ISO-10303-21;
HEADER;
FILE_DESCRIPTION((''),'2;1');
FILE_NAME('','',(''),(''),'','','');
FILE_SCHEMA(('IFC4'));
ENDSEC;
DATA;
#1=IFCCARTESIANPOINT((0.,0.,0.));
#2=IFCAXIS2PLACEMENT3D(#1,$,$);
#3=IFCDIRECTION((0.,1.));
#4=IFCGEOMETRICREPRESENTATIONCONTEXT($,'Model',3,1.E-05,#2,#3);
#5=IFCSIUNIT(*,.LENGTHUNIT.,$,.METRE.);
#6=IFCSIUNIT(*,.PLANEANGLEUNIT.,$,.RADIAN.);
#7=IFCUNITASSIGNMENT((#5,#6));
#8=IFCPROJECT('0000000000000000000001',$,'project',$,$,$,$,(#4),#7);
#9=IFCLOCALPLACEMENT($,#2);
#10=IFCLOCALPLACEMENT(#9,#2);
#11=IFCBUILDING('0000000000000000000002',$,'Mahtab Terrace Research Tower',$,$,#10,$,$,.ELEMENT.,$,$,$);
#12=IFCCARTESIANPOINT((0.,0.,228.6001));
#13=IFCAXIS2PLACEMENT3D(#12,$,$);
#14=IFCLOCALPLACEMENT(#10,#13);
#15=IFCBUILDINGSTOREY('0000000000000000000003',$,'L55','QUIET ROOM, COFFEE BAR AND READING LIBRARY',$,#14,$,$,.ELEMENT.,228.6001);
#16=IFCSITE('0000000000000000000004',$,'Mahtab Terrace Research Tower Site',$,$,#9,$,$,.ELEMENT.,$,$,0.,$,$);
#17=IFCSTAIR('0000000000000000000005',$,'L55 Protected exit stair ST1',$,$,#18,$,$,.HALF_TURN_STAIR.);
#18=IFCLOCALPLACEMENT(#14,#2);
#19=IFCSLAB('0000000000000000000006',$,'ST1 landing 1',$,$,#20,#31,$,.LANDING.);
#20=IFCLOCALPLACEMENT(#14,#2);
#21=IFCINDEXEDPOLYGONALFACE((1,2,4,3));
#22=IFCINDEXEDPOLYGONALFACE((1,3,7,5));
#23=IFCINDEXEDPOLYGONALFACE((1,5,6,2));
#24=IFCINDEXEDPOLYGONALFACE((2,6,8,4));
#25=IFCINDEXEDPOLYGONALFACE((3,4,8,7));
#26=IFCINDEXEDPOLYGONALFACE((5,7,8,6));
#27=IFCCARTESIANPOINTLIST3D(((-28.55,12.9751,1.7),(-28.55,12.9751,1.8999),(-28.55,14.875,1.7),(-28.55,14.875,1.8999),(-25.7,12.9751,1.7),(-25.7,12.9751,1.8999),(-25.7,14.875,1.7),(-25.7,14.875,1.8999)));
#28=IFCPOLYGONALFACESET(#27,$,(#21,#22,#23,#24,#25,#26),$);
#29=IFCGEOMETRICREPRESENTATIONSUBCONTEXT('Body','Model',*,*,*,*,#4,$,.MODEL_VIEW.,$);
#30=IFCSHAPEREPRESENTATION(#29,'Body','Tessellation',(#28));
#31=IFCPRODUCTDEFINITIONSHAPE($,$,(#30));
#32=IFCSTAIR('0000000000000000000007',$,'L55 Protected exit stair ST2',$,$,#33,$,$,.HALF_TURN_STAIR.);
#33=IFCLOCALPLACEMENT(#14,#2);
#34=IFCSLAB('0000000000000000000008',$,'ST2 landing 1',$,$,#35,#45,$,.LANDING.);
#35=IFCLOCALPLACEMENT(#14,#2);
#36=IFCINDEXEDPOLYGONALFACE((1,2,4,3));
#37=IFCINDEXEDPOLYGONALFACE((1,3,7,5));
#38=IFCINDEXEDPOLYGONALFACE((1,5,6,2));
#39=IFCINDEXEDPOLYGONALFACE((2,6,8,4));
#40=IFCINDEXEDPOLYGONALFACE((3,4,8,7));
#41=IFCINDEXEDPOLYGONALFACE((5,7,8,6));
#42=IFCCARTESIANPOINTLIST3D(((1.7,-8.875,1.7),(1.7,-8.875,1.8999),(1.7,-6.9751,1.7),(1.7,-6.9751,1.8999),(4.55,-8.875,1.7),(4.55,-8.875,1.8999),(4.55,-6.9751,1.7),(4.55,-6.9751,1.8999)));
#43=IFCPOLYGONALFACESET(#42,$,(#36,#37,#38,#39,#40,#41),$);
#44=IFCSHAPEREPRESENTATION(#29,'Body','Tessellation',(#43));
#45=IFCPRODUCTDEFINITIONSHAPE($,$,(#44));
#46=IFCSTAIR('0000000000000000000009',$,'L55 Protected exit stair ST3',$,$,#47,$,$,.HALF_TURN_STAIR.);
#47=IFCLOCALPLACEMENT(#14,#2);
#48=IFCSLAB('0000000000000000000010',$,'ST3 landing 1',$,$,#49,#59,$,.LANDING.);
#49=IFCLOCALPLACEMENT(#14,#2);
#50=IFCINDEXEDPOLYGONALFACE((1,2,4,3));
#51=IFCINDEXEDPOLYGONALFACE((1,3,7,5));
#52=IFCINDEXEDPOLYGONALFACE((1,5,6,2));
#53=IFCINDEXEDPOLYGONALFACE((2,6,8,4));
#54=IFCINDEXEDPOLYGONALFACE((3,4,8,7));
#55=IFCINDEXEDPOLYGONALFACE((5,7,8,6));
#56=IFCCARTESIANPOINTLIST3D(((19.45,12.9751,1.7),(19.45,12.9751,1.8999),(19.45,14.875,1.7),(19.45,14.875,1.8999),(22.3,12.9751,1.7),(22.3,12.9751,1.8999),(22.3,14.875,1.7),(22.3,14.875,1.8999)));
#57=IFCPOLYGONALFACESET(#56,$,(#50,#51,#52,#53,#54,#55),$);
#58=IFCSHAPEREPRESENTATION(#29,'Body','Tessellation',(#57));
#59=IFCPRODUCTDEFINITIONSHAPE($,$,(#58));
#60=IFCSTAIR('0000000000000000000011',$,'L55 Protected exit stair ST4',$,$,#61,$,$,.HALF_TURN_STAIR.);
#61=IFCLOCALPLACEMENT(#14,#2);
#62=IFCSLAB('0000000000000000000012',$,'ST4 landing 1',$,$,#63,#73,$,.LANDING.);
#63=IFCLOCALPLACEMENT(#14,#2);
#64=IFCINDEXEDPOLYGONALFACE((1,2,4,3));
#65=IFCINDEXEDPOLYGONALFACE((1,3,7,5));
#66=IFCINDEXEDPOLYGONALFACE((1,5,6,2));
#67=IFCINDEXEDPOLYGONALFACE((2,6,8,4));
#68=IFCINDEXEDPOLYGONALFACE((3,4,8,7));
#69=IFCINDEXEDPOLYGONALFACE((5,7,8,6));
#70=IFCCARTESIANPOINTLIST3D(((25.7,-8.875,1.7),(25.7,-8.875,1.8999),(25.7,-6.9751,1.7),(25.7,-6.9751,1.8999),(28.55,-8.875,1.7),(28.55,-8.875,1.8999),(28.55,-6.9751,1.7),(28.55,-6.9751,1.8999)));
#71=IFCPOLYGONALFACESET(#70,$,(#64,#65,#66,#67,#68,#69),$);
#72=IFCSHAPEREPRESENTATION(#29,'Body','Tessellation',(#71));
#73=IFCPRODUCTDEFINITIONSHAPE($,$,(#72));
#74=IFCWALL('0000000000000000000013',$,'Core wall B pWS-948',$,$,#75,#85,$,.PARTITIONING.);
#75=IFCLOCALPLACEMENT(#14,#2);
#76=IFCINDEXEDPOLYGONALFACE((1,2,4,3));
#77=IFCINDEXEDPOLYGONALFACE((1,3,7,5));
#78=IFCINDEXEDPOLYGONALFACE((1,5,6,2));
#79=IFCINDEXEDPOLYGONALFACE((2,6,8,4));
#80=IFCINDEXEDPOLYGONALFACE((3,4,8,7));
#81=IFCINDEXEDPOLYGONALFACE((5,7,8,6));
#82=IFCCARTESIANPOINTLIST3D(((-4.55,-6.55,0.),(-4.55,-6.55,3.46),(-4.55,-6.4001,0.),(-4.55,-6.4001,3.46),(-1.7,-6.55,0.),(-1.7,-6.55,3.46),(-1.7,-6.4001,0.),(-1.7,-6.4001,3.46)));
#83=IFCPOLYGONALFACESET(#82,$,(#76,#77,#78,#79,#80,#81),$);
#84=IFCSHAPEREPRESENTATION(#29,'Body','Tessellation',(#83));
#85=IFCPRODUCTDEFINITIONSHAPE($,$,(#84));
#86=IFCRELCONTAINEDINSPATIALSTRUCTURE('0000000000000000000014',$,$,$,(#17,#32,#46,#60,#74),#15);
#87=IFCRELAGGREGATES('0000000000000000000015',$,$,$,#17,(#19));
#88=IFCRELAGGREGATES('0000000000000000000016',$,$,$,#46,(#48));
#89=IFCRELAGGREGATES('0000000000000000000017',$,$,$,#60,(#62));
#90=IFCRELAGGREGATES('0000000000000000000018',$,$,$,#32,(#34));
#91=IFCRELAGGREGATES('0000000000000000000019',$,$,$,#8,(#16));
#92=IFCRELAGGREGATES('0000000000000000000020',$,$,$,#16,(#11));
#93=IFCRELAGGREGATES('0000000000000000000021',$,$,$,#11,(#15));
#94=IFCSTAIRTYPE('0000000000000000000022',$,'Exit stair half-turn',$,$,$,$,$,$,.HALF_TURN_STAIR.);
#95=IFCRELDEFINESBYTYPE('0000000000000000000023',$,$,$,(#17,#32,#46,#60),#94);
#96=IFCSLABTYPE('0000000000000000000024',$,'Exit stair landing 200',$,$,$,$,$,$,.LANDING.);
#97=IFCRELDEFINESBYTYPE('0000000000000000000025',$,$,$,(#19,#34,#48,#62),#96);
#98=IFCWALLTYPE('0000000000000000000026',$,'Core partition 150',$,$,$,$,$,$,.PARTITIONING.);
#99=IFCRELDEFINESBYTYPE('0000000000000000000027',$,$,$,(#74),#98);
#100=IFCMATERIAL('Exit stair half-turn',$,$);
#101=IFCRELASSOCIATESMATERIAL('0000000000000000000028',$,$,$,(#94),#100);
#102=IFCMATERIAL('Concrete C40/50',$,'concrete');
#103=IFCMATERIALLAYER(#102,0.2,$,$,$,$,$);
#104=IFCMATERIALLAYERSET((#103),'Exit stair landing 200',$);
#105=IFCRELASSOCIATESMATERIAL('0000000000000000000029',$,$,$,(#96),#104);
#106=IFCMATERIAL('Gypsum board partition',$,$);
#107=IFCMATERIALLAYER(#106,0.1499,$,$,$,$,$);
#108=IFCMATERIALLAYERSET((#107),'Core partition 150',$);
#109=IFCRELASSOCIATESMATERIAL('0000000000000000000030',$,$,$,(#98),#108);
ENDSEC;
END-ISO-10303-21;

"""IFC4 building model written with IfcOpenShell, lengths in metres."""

from ifc_helpers import new_model, si_unit, direction, frame, frame_2d, origin, place, context, subcontext, project, spatial, polyline, rectangle, outline, extrude, material, layer, layer_set, type_object, element, aggregate, save


model = new_model("IFC4")

# Units and contexts
model_context = context("Model", 3, precision=1e-05, world=origin(), true_north=direction((0.0, 1.0)))
body_context = subcontext(model_context, "Body", "Model", "MODEL_VIEW")
ifc_project = project(units=[si_unit("LENGTHUNIT", "METRE"), si_unit("PLANEANGLEUNIT", "RADIAN")], contexts=[model_context])

# Site, building, storey
site_placement = place(None, origin())
site = spatial("IfcSite", under=ifc_project, at=site_placement, Name="Mahtab Terrace Research Tower Site", CompositionType="ELEMENT", RefElevation=0.0)
building_placement = place(site_placement, origin())
building = spatial("IfcBuilding", under=site, at=building_placement, Name="Mahtab Terrace Research Tower", CompositionType="ELEMENT")
storey_placement = place(building_placement, frame((0.0, 0.0, 228.6001)))
storey = spatial("IfcBuildingStorey", under=building, at=storey_placement, Name="L55", Description="QUIET ROOM, COFFEE BAR AND READING LIBRARY", CompositionType="ELEMENT", Elevation=228.6001)

# Stairs, slabs
ifc_material_1 = material(Name="Exit stair half-turn")
stair_type = type_object("IfcStairType", Name="Exit stair half-turn", PredefinedType="HALF_TURN_STAIR", material=ifc_material_1)
stair_1_placement = place(storey_placement, origin())
stair_1 = element("IfcStair", 1, at=stair_1_placement, inside=storey, type_object=stair_type, Name="L55 Protected exit stair ST1", PredefinedType="HALF_TURN_STAIR")
ifc_material_2 = material(Name="Concrete C40/50", Category="concrete")
ifc_layer_1 = layer(ifc_material_2, 0.2)
ifc_layer_set_1 = layer_set([ifc_layer_1], Name="Exit stair landing 200")
slab_type = type_object("IfcSlabType", Name="Exit stair landing 200", PredefinedType="LANDING", material=ifc_layer_set_1)
slab_1_placement = place(storey_placement, frame((0.0, 0.0, 1.7)))
slab_1 = element("IfcSlab", 2, at=slab_1_placement, type_object=slab_type, Name="ST1 landing 1", PredefinedType="LANDING", context=body_context, shape_type="SweptSolid", body=[
    extrude(outline(polyline([(-25.7, 12.9751), (-25.7, 14.875), (-28.55, 14.875), (-28.55, 12.9751), (-25.7, 12.9751)])), origin(), (0.0, 0.0, 1.0), 0.2),
])
aggregate(stair_1, [slab_1])
stair_2_placement = place(storey_placement, origin())
stair_2 = element("IfcStair", 3, at=stair_2_placement, inside=storey, type_object=stair_type, Name="L55 Protected exit stair ST2", PredefinedType="HALF_TURN_STAIR")
slab_2_placement = place(storey_placement, frame((0.0, 0.0, 1.7)))
slab_2 = element("IfcSlab", 4, at=slab_2_placement, type_object=slab_type, Name="ST2 landing 1", PredefinedType="LANDING", context=body_context, shape_type="SweptSolid", body=[
    extrude(outline(polyline([(1.7, -6.9751), (1.7, -8.875), (4.55, -8.875), (4.55, -6.9751), (1.7, -6.9751)])), origin(), (0.0, 0.0, 1.0), 0.2),
])
stair_3_placement = place(storey_placement, origin())
stair_3 = element("IfcStair", 5, at=stair_3_placement, inside=storey, type_object=stair_type, Name="L55 Protected exit stair ST3", PredefinedType="HALF_TURN_STAIR")
slab_3_placement = place(storey_placement, frame((0.0, 0.0, 1.7)))
slab_3 = element("IfcSlab", 6, at=slab_3_placement, type_object=slab_type, Name="ST3 landing 1", PredefinedType="LANDING", context=body_context, shape_type="SweptSolid", body=[
    extrude(outline(polyline([(22.3, 12.9751), (22.3, 14.875), (19.45, 14.875), (19.45, 12.9751), (22.3, 12.9751)])), origin(), (0.0, 0.0, 1.0), 0.2),
])
aggregate(stair_3, [slab_3])
stair_4_placement = place(storey_placement, origin())
stair_4 = element("IfcStair", 7, at=stair_4_placement, inside=storey, type_object=stair_type, Name="L55 Protected exit stair ST4", PredefinedType="HALF_TURN_STAIR")
slab_4_placement = place(storey_placement, frame((0.0, 0.0, 1.7)))
slab_4 = element("IfcSlab", 8, at=slab_4_placement, type_object=slab_type, Name="ST4 landing 1", PredefinedType="LANDING", context=body_context, shape_type="SweptSolid", body=[
    extrude(outline(polyline([(25.7, -6.9751), (25.7, -8.875), (28.55, -8.875), (28.55, -6.9751), (25.7, -6.9751)])), origin(), (0.0, 0.0, 1.0), 0.2),
])
aggregate(stair_4, [slab_4])

# Wall
ifc_material_3 = material(Name="Gypsum board partition")
ifc_layer_2 = layer(ifc_material_3, 0.1499)
ifc_layer_set_2 = layer_set([ifc_layer_2], Name="Core partition 150")
wall_type_1 = type_object("IfcWallType", Name="Core partition 150", PredefinedType="PARTITIONING", material=ifc_layer_set_2)
wall_1_placement = place(storey_placement, frame((-4.55, -6.4751, 0.0), z_axis=(0.0, 0.0, 1.0), x_axis=(1.0, 0.0, 0.0)))
element("IfcWall", 9, at=wall_1_placement, inside=storey, type_object=wall_type_1, Name="Core wall B pWS-948", PredefinedType="PARTITIONING", context=body_context, shape_type="SweptSolid", body=[
    extrude(rectangle(XDim=2.8501, YDim=0.1499, at=frame_2d((1.425, 0.0))), origin(), (0.0, 0.0, 1.0), 3.46),
])

aggregate(stair_2, [slab_2])

save(model, "model.ifc")
